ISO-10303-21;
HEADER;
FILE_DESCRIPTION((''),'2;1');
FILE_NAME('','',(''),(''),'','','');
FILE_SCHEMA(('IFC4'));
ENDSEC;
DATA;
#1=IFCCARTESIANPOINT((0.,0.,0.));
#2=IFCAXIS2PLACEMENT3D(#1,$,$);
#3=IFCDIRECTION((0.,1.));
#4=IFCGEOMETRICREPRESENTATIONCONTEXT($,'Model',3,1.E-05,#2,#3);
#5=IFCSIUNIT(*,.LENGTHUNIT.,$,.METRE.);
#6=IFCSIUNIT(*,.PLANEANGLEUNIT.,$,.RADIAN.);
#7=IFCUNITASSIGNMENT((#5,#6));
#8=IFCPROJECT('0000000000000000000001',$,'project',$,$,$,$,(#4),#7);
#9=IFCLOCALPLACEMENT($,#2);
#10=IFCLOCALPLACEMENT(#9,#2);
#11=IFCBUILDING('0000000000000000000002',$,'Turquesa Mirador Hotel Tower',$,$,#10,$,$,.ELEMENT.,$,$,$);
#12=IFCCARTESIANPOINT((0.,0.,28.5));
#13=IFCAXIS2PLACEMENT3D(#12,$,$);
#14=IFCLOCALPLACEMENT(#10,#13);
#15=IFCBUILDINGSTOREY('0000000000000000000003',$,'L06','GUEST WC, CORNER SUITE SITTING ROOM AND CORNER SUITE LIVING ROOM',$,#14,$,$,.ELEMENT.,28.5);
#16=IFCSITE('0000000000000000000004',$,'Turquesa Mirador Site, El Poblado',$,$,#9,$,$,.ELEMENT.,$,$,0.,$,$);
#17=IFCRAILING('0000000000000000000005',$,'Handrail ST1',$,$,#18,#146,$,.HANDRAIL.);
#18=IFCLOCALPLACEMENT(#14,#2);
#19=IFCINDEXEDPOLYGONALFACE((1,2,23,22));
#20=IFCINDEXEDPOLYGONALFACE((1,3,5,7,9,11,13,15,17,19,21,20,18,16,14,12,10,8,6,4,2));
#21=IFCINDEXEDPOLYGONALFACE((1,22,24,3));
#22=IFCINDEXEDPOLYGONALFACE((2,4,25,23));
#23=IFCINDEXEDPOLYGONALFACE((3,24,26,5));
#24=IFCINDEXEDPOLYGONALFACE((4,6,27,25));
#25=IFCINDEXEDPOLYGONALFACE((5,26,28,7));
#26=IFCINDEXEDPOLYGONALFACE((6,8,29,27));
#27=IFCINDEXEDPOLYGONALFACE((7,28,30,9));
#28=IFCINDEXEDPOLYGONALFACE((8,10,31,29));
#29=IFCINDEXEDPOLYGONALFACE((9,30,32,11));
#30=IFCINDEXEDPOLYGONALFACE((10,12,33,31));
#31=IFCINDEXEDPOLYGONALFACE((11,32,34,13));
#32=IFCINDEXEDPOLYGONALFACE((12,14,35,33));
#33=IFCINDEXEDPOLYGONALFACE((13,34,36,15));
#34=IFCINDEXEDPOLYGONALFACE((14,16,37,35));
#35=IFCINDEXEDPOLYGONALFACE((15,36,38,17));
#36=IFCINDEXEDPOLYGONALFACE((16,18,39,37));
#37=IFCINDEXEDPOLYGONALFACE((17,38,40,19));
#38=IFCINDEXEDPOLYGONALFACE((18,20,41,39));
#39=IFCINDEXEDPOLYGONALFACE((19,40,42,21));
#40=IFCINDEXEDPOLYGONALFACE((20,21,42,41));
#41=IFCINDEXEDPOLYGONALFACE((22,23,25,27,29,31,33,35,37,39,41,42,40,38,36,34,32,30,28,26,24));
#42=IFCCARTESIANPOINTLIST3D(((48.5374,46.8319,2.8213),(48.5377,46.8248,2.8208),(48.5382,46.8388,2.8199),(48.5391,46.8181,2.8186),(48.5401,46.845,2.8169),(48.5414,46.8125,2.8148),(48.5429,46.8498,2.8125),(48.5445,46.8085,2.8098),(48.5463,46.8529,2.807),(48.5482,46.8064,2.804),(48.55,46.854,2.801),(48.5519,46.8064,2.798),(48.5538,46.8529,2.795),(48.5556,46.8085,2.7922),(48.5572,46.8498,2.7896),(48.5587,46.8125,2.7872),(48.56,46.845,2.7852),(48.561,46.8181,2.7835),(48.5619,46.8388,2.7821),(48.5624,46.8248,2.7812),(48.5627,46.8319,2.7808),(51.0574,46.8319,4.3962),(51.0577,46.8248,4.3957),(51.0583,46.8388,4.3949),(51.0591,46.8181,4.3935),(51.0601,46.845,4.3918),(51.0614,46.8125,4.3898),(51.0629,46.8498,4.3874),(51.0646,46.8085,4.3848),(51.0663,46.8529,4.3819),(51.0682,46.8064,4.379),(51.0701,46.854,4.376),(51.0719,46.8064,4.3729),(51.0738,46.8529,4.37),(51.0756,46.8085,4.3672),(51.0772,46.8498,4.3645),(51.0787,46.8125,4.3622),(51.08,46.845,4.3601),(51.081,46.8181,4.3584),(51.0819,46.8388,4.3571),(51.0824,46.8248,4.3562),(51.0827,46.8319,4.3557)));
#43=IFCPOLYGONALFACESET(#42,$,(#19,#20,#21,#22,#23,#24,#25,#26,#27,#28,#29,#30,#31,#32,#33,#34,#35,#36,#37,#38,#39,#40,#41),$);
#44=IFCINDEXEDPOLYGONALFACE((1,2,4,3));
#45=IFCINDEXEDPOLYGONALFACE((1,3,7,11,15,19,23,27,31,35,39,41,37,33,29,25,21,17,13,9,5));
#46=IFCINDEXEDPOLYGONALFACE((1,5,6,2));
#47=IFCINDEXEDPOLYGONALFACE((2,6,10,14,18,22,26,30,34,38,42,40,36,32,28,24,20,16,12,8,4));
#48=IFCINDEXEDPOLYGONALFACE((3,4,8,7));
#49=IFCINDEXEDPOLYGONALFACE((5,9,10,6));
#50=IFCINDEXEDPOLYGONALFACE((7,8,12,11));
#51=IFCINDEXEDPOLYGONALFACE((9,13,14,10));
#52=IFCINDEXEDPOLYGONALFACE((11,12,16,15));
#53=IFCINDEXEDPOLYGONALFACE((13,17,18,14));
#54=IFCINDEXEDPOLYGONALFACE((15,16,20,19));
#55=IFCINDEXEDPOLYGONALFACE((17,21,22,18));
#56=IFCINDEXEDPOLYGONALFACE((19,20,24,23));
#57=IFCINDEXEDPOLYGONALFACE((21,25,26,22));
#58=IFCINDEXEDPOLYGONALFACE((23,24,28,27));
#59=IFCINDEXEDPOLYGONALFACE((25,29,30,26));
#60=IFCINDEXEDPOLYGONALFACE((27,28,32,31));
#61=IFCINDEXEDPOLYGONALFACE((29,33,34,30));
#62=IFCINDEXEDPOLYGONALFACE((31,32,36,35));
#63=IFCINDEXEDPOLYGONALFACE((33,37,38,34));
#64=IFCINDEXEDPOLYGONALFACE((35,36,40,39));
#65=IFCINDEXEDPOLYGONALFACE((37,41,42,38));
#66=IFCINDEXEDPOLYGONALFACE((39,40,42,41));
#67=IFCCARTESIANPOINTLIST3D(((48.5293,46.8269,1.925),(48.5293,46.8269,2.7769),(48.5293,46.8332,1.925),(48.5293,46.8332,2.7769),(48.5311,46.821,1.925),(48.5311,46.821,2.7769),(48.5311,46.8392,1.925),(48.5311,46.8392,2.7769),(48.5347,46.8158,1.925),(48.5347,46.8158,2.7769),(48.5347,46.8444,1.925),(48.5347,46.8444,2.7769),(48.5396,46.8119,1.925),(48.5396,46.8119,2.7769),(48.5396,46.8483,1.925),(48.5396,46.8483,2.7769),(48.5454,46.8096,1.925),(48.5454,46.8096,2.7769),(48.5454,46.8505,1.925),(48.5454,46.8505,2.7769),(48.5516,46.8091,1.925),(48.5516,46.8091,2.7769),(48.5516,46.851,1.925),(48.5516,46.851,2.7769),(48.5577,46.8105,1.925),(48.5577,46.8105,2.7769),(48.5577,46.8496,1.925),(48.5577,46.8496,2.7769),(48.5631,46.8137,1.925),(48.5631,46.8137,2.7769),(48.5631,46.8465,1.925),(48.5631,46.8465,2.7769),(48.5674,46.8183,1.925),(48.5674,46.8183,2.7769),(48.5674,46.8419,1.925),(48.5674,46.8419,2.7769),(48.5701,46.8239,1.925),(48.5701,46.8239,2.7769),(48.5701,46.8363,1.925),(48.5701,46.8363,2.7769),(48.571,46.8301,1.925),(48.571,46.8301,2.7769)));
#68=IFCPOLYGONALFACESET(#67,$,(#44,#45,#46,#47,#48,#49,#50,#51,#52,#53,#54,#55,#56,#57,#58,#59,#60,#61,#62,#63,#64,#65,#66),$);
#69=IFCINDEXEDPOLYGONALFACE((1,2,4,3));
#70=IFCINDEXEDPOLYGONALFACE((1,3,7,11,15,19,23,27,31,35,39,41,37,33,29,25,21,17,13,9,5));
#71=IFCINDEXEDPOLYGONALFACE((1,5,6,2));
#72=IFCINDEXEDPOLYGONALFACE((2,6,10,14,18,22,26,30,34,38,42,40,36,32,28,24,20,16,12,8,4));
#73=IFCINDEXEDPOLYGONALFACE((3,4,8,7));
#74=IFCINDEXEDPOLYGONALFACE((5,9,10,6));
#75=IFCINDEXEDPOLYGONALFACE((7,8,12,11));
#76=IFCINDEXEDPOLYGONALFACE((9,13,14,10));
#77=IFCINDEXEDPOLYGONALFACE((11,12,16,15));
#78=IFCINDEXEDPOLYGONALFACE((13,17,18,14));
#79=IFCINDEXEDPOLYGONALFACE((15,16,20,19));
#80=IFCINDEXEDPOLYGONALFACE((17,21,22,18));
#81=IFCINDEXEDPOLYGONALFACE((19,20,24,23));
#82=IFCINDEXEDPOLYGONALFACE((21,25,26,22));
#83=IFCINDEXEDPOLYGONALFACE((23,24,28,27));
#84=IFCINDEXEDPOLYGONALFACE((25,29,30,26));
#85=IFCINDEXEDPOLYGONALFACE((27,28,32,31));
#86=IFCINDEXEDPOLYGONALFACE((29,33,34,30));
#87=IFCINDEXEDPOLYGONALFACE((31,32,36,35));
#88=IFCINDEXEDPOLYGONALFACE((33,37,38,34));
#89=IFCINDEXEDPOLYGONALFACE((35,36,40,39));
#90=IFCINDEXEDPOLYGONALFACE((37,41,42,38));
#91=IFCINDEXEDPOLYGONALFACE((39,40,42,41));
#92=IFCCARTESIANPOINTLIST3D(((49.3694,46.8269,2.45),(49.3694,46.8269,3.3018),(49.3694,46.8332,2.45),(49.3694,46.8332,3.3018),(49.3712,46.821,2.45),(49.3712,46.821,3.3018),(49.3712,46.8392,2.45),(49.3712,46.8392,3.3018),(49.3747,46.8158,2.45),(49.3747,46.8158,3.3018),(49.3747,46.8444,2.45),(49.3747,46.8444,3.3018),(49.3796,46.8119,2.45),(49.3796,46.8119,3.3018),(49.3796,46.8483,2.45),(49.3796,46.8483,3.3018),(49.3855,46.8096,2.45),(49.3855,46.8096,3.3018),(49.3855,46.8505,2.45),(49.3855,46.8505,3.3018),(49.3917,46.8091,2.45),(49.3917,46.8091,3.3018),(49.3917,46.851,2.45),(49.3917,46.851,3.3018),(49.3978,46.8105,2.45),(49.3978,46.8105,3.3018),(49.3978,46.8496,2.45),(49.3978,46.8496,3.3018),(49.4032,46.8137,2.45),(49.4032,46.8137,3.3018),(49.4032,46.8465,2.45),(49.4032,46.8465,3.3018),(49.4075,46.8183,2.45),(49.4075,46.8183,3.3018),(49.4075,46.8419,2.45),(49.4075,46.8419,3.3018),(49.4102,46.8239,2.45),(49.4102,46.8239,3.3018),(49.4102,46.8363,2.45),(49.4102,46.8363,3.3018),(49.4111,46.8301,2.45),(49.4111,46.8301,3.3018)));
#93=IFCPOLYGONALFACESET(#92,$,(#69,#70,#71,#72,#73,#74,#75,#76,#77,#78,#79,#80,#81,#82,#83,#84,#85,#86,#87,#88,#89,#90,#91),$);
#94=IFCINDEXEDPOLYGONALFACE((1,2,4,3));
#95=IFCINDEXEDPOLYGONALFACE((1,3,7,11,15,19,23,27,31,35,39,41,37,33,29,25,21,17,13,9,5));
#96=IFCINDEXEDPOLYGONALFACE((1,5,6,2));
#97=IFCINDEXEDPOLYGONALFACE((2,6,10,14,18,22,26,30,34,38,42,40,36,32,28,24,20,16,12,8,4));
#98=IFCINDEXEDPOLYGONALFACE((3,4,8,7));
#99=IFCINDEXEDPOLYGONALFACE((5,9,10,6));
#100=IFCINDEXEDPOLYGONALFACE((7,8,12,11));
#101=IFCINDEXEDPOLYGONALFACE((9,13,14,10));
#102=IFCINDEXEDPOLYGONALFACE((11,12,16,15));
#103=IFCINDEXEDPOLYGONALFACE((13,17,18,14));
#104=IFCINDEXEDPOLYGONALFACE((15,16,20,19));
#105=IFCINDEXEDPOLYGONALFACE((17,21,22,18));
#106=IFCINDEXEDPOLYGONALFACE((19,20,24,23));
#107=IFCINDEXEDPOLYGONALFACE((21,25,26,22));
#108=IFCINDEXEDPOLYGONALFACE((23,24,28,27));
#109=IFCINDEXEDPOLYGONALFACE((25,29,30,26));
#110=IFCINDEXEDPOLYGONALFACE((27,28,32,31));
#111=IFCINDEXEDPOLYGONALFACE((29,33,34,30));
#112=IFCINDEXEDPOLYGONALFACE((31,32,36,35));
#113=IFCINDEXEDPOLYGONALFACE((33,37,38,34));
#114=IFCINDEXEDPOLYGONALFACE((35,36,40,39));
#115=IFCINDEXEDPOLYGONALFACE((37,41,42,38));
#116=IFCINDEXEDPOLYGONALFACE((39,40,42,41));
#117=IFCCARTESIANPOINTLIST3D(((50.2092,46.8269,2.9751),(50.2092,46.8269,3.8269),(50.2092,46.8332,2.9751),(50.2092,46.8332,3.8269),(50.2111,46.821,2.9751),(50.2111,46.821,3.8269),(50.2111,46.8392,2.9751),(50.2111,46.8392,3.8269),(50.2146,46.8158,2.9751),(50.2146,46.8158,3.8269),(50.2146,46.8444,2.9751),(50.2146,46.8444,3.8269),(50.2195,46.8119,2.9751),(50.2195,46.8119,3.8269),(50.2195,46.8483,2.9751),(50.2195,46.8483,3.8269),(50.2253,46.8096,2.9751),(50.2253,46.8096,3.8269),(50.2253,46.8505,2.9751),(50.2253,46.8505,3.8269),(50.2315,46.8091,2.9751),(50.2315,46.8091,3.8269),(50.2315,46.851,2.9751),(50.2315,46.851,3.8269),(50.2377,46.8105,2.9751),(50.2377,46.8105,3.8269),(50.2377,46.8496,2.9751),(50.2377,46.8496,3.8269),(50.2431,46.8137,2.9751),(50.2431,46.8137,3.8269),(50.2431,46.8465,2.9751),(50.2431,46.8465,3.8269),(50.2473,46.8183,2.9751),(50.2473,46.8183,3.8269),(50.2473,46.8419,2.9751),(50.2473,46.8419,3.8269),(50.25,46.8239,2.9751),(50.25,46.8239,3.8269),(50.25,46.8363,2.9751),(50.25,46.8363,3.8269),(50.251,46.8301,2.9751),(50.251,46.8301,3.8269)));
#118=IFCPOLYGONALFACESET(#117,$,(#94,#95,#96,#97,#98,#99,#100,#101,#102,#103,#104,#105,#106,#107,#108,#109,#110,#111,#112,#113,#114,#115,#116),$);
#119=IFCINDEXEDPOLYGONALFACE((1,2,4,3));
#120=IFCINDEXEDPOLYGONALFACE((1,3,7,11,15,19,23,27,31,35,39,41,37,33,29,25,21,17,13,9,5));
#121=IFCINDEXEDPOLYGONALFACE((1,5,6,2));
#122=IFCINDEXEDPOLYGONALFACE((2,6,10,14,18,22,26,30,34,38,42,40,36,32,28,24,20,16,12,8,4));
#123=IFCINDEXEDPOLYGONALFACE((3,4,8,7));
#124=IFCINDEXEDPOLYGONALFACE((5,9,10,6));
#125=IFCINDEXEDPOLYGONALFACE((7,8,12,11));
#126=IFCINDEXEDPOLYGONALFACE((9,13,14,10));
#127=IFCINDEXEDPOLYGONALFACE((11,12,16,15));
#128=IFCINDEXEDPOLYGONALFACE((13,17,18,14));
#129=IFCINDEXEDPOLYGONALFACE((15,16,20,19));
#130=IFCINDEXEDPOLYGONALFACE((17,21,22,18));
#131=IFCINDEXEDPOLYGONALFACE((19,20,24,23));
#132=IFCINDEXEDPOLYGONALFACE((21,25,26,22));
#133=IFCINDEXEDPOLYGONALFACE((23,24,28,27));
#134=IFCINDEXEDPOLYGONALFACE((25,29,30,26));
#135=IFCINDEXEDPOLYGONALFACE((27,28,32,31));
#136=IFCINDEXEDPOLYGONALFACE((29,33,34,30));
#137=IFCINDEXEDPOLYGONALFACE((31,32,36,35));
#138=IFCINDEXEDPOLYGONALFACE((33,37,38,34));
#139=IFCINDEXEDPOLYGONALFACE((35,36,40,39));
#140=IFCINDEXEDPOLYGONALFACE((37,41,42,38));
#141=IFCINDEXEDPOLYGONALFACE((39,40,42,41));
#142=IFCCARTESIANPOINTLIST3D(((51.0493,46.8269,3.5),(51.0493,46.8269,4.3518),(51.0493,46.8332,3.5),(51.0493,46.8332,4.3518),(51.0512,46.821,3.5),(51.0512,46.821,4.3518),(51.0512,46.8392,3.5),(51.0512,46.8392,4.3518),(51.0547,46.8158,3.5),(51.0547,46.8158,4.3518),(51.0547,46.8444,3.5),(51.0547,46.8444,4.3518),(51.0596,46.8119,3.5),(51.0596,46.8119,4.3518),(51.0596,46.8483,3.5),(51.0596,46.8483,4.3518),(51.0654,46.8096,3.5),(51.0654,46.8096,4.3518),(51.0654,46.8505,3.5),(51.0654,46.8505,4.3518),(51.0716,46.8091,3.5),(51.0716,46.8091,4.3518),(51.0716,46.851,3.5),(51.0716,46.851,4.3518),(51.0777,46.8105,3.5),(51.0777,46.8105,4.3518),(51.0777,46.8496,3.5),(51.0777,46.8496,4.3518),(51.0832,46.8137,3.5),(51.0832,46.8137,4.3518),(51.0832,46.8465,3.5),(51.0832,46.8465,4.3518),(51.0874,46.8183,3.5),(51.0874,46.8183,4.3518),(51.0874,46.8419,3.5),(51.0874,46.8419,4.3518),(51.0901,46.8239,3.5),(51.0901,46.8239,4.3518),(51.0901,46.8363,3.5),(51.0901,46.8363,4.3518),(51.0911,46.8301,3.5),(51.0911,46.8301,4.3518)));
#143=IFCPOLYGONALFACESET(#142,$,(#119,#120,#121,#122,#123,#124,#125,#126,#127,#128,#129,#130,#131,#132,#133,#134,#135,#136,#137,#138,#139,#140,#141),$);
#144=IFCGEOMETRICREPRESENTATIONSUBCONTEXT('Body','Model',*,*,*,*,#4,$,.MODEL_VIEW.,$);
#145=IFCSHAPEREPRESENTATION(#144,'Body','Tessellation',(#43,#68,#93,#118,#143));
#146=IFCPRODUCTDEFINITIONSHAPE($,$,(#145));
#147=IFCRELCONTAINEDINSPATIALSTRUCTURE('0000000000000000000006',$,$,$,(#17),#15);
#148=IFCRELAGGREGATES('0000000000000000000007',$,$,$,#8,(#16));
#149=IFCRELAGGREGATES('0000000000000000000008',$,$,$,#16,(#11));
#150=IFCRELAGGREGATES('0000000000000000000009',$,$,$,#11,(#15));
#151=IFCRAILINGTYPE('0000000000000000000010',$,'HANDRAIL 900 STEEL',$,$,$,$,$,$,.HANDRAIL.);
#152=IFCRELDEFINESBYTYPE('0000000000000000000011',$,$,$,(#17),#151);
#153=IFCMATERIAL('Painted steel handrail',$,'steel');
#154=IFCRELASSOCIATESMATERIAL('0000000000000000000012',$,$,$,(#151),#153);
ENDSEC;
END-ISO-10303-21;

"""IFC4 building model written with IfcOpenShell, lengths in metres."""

from ifc_helpers import new_model, si_unit, direction, frame, origin, origin_2d, place, context, subcontext, project, spatial, circle, extrude, material, type_object, element, save


model = new_model("IFC4")

# Units and contexts
model_context = context("Model", 3, precision=1e-05, world=origin(), true_north=direction((0.0, 1.0)))
body_context = subcontext(model_context, "Body", "Model", "MODEL_VIEW")
ifc_project = project(units=[si_unit("LENGTHUNIT", "METRE"), si_unit("PLANEANGLEUNIT", "RADIAN")], contexts=[model_context])

# Site, building, storey
site_placement = place(None, origin())
site = spatial("IfcSite", under=ifc_project, at=site_placement, Name="Turquesa Mirador Site, El Poblado", CompositionType="ELEMENT", RefElevation=0.0)
building_placement = place(site_placement, origin())
building = spatial("IfcBuilding", under=site, at=building_placement, Name="Turquesa Mirador Hotel Tower", CompositionType="ELEMENT")
storey_placement = place(building_placement, frame((0.0, 0.0, 28.5)))
storey = spatial("IfcBuildingStorey", under=building, at=storey_placement, Name="L06", Description="GUEST WC, CORNER SUITE SITTING ROOM AND CORNER SUITE LIVING ROOM", CompositionType="ELEMENT", Elevation=28.5)

# Railing
ifc_material_1 = material(Name="Painted steel handrail", Category="steel")
railing_type = type_object("IfcRailingType", Name="HANDRAIL 900 STEEL", PredefinedType="HANDRAIL", material=ifc_material_1)
for number, where, name in (
    (1, (48.55, 46.8301, 1.925), "Handrail ST1"),
):
    element("IfcRailing", number, at=place(storey_placement, frame(where)), inside=storey, type_object=railing_type, Name=name, PredefinedType="HANDRAIL", context=body_context, shape_type="SweptSolid", body=[
        extrude(circle(Radius=0.0239, at=origin_2d()), frame((0.0, 0.0, 0.876), z_axis=(0.848008, 0.0, 0.529984), x_axis=(0.0, 1.0, 0.0)), (0.0, 0.0, 1.0), 2.9717),
        extrude(circle(Radius=0.021, at=origin_2d()), origin(), (0.0, 0.0, 1.0), 0.8518),
        extrude(circle(Radius=0.021, at=origin_2d()), frame((0.8401, 0.0, 0.5249)), (0.0, 0.0, 1.0), 0.8518),
        extrude(circle(Radius=0.021, at=origin_2d()), frame((1.6799, 0.0, 1.05)), (0.0, 0.0, 1.0), 0.8518),
        extrude(circle(Radius=0.021, at=origin_2d()), frame((2.52, 0.0, 1.575)), (0.0, 0.0, 1.0), 0.8518),
    ])

save(model, "model.ifc")
